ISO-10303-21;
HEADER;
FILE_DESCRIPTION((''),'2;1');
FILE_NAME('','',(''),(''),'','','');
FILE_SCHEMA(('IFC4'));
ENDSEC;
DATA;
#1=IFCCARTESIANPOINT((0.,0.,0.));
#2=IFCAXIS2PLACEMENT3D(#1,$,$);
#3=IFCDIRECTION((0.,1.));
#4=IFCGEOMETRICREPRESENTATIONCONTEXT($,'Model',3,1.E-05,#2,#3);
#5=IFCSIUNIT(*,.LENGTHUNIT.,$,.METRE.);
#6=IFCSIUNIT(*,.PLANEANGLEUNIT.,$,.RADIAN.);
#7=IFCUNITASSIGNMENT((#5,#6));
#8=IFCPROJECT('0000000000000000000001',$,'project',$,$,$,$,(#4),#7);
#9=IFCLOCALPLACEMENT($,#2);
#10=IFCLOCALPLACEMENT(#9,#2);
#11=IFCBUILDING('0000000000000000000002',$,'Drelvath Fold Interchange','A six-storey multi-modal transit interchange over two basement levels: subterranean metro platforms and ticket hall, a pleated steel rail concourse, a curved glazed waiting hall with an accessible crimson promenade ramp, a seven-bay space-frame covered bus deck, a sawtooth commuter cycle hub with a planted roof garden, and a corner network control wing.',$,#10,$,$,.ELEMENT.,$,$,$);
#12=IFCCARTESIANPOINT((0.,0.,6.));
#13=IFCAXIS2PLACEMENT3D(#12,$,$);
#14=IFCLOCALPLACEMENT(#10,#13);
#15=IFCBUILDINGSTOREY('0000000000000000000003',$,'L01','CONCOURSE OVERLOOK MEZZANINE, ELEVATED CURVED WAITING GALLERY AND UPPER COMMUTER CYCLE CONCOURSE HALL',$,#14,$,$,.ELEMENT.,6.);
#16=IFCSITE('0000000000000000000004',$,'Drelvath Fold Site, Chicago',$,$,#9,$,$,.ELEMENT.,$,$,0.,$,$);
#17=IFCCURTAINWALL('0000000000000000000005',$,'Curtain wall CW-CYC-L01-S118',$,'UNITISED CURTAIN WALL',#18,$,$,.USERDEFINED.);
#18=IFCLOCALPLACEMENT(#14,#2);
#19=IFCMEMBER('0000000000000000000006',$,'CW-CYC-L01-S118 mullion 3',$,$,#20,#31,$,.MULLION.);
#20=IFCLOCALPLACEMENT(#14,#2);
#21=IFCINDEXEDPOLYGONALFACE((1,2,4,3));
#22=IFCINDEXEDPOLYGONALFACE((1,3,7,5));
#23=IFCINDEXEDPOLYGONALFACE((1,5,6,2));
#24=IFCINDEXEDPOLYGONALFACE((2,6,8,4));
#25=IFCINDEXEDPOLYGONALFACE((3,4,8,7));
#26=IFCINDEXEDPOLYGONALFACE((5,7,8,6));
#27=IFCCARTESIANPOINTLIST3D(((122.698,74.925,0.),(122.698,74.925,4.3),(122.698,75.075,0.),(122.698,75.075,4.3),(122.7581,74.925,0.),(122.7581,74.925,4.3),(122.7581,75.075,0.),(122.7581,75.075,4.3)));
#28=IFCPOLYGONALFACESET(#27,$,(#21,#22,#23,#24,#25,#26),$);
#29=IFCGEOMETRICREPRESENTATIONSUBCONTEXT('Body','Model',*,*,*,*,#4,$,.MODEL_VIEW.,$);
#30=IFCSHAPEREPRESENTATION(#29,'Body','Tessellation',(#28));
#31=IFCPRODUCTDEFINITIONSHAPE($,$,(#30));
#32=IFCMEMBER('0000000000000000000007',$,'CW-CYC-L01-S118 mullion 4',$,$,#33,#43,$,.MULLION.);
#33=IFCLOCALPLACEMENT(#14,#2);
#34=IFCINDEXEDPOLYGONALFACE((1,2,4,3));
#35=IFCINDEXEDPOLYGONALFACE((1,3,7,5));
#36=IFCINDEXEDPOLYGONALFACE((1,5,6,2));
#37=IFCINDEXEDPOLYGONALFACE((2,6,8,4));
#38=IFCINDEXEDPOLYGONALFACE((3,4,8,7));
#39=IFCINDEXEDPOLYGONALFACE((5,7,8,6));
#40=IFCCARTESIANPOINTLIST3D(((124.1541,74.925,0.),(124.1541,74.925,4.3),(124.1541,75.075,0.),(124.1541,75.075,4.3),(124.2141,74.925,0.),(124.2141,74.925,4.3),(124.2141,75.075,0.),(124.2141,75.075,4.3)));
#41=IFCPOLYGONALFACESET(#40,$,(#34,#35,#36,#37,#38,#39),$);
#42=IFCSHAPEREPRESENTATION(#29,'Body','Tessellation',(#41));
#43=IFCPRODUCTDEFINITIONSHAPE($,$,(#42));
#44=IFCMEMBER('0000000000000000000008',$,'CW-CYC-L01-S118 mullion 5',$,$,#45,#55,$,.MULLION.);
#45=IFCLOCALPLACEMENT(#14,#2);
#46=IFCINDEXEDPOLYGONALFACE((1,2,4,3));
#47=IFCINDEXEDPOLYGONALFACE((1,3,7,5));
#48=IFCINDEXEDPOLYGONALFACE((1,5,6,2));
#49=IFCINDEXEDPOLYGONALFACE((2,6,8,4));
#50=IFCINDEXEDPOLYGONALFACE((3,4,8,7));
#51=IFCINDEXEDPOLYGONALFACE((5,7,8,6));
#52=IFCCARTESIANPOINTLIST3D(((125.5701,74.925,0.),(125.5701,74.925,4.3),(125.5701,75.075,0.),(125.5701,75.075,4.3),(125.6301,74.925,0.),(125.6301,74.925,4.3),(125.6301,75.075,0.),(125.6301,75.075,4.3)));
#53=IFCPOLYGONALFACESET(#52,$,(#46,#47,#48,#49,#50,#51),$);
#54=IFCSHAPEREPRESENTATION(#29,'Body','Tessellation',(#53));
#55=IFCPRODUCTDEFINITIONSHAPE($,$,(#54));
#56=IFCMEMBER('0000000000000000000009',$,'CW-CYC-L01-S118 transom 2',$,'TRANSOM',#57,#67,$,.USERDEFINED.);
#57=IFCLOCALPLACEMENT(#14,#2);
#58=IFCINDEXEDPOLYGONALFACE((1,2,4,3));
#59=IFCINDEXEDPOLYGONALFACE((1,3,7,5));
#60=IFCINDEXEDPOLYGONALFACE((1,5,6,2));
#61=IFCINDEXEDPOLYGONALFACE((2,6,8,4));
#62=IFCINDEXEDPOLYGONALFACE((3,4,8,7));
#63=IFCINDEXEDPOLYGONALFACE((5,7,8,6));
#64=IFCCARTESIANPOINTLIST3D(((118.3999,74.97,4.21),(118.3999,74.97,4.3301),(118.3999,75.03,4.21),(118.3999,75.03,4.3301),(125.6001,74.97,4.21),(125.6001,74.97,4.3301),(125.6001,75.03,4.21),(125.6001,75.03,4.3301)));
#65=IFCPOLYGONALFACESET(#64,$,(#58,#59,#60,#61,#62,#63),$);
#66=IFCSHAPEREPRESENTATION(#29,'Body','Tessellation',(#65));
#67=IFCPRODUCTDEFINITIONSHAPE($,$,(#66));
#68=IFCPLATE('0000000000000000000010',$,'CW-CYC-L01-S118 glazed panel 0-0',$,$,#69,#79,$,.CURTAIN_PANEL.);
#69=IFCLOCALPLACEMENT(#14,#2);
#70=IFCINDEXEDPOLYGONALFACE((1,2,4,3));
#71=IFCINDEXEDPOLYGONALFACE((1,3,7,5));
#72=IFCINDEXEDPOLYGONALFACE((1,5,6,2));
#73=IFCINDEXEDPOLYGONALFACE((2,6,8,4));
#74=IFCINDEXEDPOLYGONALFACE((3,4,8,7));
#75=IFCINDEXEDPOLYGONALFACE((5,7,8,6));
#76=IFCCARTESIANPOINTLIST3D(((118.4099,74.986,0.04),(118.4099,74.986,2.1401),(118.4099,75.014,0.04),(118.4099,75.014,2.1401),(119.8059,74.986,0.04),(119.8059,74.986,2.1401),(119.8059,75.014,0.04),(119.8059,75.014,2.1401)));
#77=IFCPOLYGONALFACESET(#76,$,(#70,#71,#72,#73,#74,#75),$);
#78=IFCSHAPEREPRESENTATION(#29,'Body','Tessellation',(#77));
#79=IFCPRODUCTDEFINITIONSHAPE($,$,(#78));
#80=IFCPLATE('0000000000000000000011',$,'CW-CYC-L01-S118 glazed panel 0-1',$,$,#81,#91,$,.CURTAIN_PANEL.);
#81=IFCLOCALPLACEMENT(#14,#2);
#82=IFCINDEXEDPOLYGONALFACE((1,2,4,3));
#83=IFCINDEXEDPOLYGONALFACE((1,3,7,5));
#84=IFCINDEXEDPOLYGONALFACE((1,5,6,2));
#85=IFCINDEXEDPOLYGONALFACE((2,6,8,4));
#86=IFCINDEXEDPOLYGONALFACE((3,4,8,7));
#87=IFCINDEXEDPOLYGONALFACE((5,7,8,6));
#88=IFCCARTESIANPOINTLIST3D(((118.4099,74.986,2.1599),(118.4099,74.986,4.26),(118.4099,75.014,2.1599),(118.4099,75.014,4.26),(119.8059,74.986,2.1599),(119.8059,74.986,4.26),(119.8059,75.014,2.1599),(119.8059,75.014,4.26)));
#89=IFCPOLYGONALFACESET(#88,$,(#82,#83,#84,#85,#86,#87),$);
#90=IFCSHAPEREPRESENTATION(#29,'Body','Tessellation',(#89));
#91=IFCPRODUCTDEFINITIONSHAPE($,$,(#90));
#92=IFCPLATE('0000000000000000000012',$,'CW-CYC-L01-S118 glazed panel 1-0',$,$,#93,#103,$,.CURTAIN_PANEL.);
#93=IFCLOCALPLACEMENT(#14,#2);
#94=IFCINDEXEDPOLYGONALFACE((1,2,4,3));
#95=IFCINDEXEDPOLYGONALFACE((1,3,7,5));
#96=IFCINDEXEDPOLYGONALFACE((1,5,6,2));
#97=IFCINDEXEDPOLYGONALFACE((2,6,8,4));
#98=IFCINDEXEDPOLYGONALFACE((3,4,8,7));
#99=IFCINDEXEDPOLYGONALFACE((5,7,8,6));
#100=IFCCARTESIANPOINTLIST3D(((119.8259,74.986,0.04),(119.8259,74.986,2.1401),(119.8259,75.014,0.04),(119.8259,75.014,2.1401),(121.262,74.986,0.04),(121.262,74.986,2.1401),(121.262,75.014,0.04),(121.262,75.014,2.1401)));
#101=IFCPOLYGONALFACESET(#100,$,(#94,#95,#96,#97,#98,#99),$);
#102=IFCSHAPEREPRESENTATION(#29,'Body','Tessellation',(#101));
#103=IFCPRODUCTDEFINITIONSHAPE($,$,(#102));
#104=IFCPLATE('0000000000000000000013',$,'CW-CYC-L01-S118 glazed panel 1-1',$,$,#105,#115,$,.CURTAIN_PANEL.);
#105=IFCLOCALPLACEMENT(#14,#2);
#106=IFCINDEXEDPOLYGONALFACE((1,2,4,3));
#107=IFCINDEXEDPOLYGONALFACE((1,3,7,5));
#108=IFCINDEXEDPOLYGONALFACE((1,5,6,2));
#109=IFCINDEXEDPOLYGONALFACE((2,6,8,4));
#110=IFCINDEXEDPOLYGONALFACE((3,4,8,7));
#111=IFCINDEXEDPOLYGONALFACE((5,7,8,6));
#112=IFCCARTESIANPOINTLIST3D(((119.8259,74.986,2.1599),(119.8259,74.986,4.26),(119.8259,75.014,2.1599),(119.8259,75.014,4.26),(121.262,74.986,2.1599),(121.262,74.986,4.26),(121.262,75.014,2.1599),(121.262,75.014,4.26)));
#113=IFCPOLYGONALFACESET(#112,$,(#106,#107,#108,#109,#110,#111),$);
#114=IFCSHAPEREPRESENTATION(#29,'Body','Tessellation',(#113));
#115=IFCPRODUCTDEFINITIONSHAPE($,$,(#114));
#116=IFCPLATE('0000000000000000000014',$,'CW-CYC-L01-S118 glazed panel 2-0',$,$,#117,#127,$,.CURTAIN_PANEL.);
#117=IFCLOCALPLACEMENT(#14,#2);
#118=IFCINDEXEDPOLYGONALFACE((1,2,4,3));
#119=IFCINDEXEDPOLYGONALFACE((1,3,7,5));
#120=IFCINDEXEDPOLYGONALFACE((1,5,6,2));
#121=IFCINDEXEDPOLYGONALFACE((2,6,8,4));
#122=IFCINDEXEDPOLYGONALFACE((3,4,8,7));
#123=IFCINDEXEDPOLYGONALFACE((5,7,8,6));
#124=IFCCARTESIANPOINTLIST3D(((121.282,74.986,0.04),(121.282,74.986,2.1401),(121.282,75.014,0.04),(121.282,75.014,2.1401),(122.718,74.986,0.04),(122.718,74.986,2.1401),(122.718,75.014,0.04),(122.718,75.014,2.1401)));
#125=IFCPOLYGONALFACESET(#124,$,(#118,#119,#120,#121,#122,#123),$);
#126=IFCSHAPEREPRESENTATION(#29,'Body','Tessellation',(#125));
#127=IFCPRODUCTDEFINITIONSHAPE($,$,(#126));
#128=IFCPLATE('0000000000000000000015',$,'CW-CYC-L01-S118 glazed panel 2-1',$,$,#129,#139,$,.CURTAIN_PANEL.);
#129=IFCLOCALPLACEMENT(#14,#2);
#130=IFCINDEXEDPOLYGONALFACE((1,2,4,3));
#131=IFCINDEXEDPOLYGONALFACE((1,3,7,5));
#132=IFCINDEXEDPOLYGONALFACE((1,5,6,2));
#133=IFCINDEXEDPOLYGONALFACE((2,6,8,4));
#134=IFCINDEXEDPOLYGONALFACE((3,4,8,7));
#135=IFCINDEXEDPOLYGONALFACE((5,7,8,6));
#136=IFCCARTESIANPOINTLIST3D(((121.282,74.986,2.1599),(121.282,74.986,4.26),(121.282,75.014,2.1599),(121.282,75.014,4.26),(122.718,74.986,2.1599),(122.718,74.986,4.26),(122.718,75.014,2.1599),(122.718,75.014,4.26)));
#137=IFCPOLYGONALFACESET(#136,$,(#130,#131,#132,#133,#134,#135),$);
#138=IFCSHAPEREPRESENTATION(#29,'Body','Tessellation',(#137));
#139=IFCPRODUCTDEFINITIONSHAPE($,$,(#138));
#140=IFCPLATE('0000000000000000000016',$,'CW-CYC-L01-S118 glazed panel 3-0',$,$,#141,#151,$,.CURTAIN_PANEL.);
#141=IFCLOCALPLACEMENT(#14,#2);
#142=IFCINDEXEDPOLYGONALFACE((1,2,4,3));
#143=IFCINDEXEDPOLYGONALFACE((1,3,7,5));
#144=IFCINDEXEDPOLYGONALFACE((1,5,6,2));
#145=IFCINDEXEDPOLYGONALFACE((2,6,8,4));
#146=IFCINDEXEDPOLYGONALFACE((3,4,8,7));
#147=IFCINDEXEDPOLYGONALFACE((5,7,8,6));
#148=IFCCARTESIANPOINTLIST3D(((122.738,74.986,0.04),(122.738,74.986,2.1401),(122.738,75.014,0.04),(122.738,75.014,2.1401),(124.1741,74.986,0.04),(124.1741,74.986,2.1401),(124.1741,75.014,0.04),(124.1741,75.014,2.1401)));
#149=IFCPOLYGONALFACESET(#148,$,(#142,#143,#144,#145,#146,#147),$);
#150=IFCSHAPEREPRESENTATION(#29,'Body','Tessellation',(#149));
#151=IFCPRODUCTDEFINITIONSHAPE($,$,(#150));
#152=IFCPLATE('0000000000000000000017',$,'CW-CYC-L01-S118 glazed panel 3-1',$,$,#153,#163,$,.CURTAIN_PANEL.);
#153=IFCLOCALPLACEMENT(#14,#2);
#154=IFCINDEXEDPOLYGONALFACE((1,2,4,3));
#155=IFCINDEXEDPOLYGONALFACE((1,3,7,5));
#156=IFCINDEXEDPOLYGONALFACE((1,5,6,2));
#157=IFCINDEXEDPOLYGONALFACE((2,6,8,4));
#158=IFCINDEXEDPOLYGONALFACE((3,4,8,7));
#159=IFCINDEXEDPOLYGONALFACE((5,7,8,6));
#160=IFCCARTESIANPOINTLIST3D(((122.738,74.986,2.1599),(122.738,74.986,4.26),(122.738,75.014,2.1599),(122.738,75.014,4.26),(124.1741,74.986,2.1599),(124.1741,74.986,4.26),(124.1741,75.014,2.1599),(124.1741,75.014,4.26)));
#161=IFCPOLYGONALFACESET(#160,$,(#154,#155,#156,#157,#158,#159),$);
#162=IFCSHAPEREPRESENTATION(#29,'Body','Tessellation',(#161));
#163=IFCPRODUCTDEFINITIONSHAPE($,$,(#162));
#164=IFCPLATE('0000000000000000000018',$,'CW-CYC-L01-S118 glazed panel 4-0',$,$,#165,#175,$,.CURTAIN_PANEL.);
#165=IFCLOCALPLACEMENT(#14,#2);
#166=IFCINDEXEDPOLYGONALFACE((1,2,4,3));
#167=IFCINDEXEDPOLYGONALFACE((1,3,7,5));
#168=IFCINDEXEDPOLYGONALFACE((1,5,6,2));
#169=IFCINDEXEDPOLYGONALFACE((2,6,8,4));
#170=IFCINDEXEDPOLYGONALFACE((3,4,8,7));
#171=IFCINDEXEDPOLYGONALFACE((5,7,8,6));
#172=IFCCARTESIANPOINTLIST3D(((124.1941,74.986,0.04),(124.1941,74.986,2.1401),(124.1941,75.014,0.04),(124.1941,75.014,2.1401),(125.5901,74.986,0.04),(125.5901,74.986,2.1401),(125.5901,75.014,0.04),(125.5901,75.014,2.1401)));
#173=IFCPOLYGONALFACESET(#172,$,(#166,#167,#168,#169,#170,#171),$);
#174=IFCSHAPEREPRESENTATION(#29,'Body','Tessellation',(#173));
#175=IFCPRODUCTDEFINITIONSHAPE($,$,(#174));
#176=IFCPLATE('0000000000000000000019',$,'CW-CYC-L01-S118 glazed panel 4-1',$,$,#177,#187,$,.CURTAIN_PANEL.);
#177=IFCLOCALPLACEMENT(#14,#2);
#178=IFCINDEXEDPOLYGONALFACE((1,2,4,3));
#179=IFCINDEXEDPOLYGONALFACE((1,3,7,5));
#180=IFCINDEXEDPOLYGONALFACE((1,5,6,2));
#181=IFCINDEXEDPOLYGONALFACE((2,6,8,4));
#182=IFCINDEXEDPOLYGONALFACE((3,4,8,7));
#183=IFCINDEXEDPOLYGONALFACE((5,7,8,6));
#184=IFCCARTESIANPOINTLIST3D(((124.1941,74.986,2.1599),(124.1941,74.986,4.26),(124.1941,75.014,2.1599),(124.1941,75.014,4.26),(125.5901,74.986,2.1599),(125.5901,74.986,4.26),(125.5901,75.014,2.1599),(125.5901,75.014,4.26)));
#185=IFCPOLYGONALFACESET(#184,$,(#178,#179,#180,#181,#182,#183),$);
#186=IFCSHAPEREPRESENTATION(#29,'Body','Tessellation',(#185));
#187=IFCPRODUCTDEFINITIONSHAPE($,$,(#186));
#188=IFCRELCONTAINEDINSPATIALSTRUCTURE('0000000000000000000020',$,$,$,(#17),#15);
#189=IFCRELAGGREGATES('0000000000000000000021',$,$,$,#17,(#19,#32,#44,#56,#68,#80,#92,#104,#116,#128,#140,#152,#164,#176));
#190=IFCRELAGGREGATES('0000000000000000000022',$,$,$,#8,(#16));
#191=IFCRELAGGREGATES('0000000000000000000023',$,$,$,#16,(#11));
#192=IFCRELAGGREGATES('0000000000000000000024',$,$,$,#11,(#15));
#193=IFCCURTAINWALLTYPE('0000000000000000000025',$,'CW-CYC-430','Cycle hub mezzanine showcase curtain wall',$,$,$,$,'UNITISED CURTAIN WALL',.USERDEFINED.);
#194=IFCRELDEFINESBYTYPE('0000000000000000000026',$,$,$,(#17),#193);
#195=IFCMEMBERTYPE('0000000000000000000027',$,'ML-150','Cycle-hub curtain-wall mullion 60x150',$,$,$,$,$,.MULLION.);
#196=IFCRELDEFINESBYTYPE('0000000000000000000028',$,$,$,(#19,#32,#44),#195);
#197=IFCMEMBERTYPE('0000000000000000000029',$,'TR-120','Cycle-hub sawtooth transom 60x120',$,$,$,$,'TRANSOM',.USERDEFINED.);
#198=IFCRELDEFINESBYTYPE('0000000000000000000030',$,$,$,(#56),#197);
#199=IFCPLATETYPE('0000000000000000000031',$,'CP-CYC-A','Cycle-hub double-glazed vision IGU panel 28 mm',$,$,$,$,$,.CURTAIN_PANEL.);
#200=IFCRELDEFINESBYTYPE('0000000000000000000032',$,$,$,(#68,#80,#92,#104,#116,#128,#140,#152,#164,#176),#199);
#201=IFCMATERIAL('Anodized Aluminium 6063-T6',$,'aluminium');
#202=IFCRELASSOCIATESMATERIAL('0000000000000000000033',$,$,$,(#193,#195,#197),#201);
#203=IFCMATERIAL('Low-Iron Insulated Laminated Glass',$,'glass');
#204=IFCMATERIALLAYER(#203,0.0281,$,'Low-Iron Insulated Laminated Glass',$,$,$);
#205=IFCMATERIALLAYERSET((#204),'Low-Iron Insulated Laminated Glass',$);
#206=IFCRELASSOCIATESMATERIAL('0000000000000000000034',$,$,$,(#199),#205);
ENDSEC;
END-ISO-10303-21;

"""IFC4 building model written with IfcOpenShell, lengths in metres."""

from ifc_helpers import new_model, si_unit, direction, frame, origin, origin_2d, place, context, subcontext, project, spatial, rectangle, extrude, material, layer, layer_set, material_profile, profile_set, type_object, element, aggregate, save


model = new_model("IFC4")

# Units and contexts
model_context = context("Model", 3, precision=1e-05, world=origin(), true_north=direction((0.0, 1.0)))
body_context = subcontext(model_context, "Body", "Model", "MODEL_VIEW")
ifc_project = project(units=[si_unit("LENGTHUNIT", "METRE"), si_unit("PLANEANGLEUNIT", "RADIAN")], contexts=[model_context])

# Site, building, storey
site_placement = place(None, origin())
site = spatial("IfcSite", under=ifc_project, at=site_placement, Name="Drelvath Fold Site, Chicago", CompositionType="ELEMENT", RefElevation=0.0)
building_placement = place(site_placement, origin())
building = spatial("IfcBuilding", under=site, at=building_placement, Name="Drelvath Fold Interchange", Description="A six-storey multi-modal transit interchange over two basement levels: subterranean metro platforms and ticket hall, a pleated steel rail concourse, a curved glazed waiting hall with an accessible crimson promenade ramp, a seven-bay space-frame covered bus deck, a sawtooth commuter cycle hub with a planted roof garden, and a corner network control wing.", CompositionType="ELEMENT")
storey_placement = place(building_placement, frame((0.0, 0.0, 6.0)))
storey = spatial("IfcBuildingStorey", under=building, at=storey_placement, Name="L01", Description="CONCOURSE OVERLOOK MEZZANINE, ELEVATED CURVED WAITING GALLERY AND UPPER COMMUTER CYCLE CONCOURSE HALL", CompositionType="ELEMENT", Elevation=6.0)

# Curtain wall, members, plates
ifc_material_1 = material(Name="Anodized Aluminium 6063-T6", Category="aluminium")
curtain_wall_type = type_object("IfcCurtainWallType", Name="CW-CYC-430", Description="Cycle hub mezzanine showcase curtain wall", ElementType="UNITISED CURTAIN WALL", PredefinedType="USERDEFINED", material=ifc_material_1)
curtain_wall_placement = place(storey_placement, origin())
curtain_wall = element("IfcCurtainWall", 1, at=curtain_wall_placement, inside=storey, type_object=curtain_wall_type, Name="Curtain wall CW-CYC-L01-S118", ObjectType="UNITISED CURTAIN WALL", PredefinedType="USERDEFINED")
ifc_material_profile_1 = material_profile(ifc_material_1, rectangle(XDim=0.0601, YDim=0.1499, at=origin_2d()), Name="AL-M 60x150")
ifc_profile_set_1 = profile_set([ifc_material_profile_1], Name="Anodized Aluminium 6063-T6")
member_type_1 = type_object("IfcMemberType", Name="ML-150", Description="Cycle-hub curtain-wall mullion 60x150", PredefinedType="MULLION", material=ifc_profile_set_1)
member_1_placement = place(storey_placement, frame((122.728, 75.0, 0.0), z_axis=(0.0, 0.0, 1.0), x_axis=(1.0, 0.0, 0.0)))
member_1 = element("IfcMember", 2, at=member_1_placement, type_object=member_type_1, Name="CW-CYC-L01-S118 mullion 3", PredefinedType="MULLION", context=body_context, shape_type="SweptSolid", body=[
    extrude(rectangle(XDim=0.0601, YDim=0.1499, at=origin_2d()), origin(), (0.0, 0.0, 1.0), 4.3),
])
member_2_placement = place(storey_placement, frame((124.1841, 75.0, 0.0), z_axis=(0.0, 0.0, 1.0), x_axis=(1.0, 0.0, 0.0)))
member_2 = element("IfcMember", 3, at=member_2_placement, type_object=member_type_1, Name="CW-CYC-L01-S118 mullion 4", PredefinedType="MULLION", context=body_context, shape_type="SweptSolid", body=[
    extrude(rectangle(XDim=0.0601, YDim=0.1499, at=origin_2d()), origin(), (0.0, 0.0, 1.0), 4.3),
])
member_3_placement = place(storey_placement, frame((125.6001, 75.0, 0.0), z_axis=(0.0, 0.0, 1.0), x_axis=(1.0, 0.0, 0.0)))
member_3 = element("IfcMember", 4, at=member_3_placement, type_object=member_type_1, Name="CW-CYC-L01-S118 mullion 5", PredefinedType="MULLION", context=body_context, shape_type="SweptSolid", body=[
    extrude(rectangle(XDim=0.0601, YDim=0.1499, at=origin_2d()), origin(), (0.0, 0.0, 1.0), 4.3),
])
ifc_material_profile_2 = material_profile(ifc_material_1, rectangle(XDim=0.0601, YDim=0.1201, at=origin_2d()), Name="AL-T 60x120")
ifc_profile_set_2 = profile_set([ifc_material_profile_2], Name="Anodized Aluminium 6063-T6")
member_type_2 = type_object("IfcMemberType", Name="TR-120", Description="Cycle-hub sawtooth transom 60x120", ElementType="TRANSOM", PredefinedType="USERDEFINED", material=ifc_profile_set_2)
member_4_placement = place(storey_placement, frame((118.3999, 75.0, 4.27), z_axis=(1.0, 0.0, 0.0), x_axis=(0.0, 1.0, 0.0)))
member_4 = element("IfcMember", 5, at=member_4_placement, type_object=member_type_2, Name="CW-CYC-L01-S118 transom 2", ObjectType="TRANSOM", PredefinedType="USERDEFINED", context=body_context, shape_type="SweptSolid", body=[
    extrude(rectangle(XDim=0.0601, YDim=0.1201, at=origin_2d()), origin(), (0.0, 0.0, 1.0), 7.2002),
])
ifc_material_2 = material(Name="Low-Iron Insulated Laminated Glass", Category="glass")
ifc_layer_1 = layer(ifc_material_2, 0.0281, Name="Low-Iron Insulated Laminated Glass")
ifc_layer_set_1 = layer_set([ifc_layer_1], Name="Low-Iron Insulated Laminated Glass")
plate_type = type_object("IfcPlateType", Name="CP-CYC-A", Description="Cycle-hub double-glazed vision IGU panel 28 mm", PredefinedType="CURTAIN_PANEL", material=ifc_layer_set_1)
plate_1_placement = place(storey_placement, frame((119.1079, 75.0, 0.04), z_axis=(0.0, 0.0, 1.0), x_axis=(1.0, 0.0, 0.0)))
plate_1 = element("IfcPlate", 6, at=plate_1_placement, type_object=plate_type, Name="CW-CYC-L01-S118 glazed panel 0-0", PredefinedType="CURTAIN_PANEL", context=body_context, shape_type="SweptSolid", body=[
    extrude(rectangle(XDim=1.396, YDim=0.0281, at=origin_2d()), origin(), (0.0, 0.0, 1.0), 2.1001),
])
plate_2_placement = place(storey_placement, frame((119.1079, 75.0, 2.1599), z_axis=(0.0, 0.0, 1.0), x_axis=(1.0, 0.0, 0.0)))
plate_2 = element("IfcPlate", 7, at=plate_2_placement, type_object=plate_type, Name="CW-CYC-L01-S118 glazed panel 0-1", PredefinedType="CURTAIN_PANEL", context=body_context, shape_type="SweptSolid", body=[
    extrude(rectangle(XDim=1.396, YDim=0.0281, at=origin_2d()), origin(), (0.0, 0.0, 1.0), 2.1001),
])
plate_3_placement = place(storey_placement, frame((120.5439, 75.0, 0.04), z_axis=(0.0, 0.0, 1.0), x_axis=(1.0, 0.0, 0.0)))
plate_3 = element("IfcPlate", 8, at=plate_3_placement, type_object=plate_type, Name="CW-CYC-L01-S118 glazed panel 1-0", PredefinedType="CURTAIN_PANEL", context=body_context, shape_type="SweptSolid", body=[
    extrude(rectangle(XDim=1.436, YDim=0.0281, at=origin_2d()), origin(), (0.0, 0.0, 1.0), 2.1001),
])
plate_4_placement = place(storey_placement, frame((120.5439, 75.0, 2.1599), z_axis=(0.0, 0.0, 1.0), x_axis=(1.0, 0.0, 0.0)))
plate_4 = element("IfcPlate", 9, at=plate_4_placement, type_object=plate_type, Name="CW-CYC-L01-S118 glazed panel 1-1", PredefinedType="CURTAIN_PANEL", context=body_context, shape_type="SweptSolid", body=[
    extrude(rectangle(XDim=1.436, YDim=0.0281, at=origin_2d()), origin(), (0.0, 0.0, 1.0), 2.1001),
])
plate_5_placement = place(storey_placement, frame((122.0, 75.0, 0.04), z_axis=(0.0, 0.0, 1.0), x_axis=(1.0, 0.0, 0.0)))
plate_5 = element("IfcPlate", 10, at=plate_5_placement, type_object=plate_type, Name="CW-CYC-L01-S118 glazed panel 2-0", PredefinedType="CURTAIN_PANEL", context=body_context, shape_type="SweptSolid", body=[
    extrude(rectangle(XDim=1.436, YDim=0.0281, at=origin_2d()), origin(), (0.0, 0.0, 1.0), 2.1001),
])
plate_6_placement = place(storey_placement, frame((122.0, 75.0, 2.1599), z_axis=(0.0, 0.0, 1.0), x_axis=(1.0, 0.0, 0.0)))
plate_6 = element("IfcPlate", 11, at=plate_6_placement, type_object=plate_type, Name="CW-CYC-L01-S118 glazed panel 2-1", PredefinedType="CURTAIN_PANEL", context=body_context, shape_type="SweptSolid", body=[
    extrude(rectangle(XDim=1.436, YDim=0.0281, at=origin_2d()), origin(), (0.0, 0.0, 1.0), 2.1001),
])
plate_7_placement = place(storey_placement, frame((123.4561, 75.0, 0.04), z_axis=(0.0, 0.0, 1.0), x_axis=(1.0, 0.0, 0.0)))
plate_7 = element("IfcPlate", 12, at=plate_7_placement, type_object=plate_type, Name="CW-CYC-L01-S118 glazed panel 3-0", PredefinedType="CURTAIN_PANEL", context=body_context, shape_type="SweptSolid", body=[
    extrude(rectangle(XDim=1.436, YDim=0.0281, at=origin_2d()), origin(), (0.0, 0.0, 1.0), 2.1001),
])
plate_8_placement = place(storey_placement, frame((123.4561, 75.0, 2.1599), z_axis=(0.0, 0.0, 1.0), x_axis=(1.0, 0.0, 0.0)))
plate_8 = element("IfcPlate", 13, at=plate_8_placement, type_object=plate_type, Name="CW-CYC-L01-S118 glazed panel 3-1", PredefinedType="CURTAIN_PANEL", context=body_context, shape_type="SweptSolid", body=[
    extrude(rectangle(XDim=1.436, YDim=0.0281, at=origin_2d()), origin(), (0.0, 0.0, 1.0), 2.1001),
])
plate_9_placement = place(storey_placement, frame((124.8921, 75.0, 0.04), z_axis=(0.0, 0.0, 1.0), x_axis=(1.0, 0.0, 0.0)))
plate_9 = element("IfcPlate", 14, at=plate_9_placement, type_object=plate_type, Name="CW-CYC-L01-S118 glazed panel 4-0", PredefinedType="CURTAIN_PANEL", context=body_context, shape_type="SweptSolid", body=[
    extrude(rectangle(XDim=1.396, YDim=0.0281, at=origin_2d()), origin(), (0.0, 0.0, 1.0), 2.1001),
])
plate_10_placement = place(storey_placement, frame((124.8921, 75.0, 2.1599), z_axis=(0.0, 0.0, 1.0), x_axis=(1.0, 0.0, 0.0)))
plate_10 = element("IfcPlate", 15, at=plate_10_placement, type_object=plate_type, Name="CW-CYC-L01-S118 glazed panel 4-1", PredefinedType="CURTAIN_PANEL", context=body_context, shape_type="SweptSolid", body=[
    extrude(rectangle(XDim=1.396, YDim=0.0281, at=origin_2d()), origin(), (0.0, 0.0, 1.0), 2.1001),
])
aggregate(curtain_wall, [member_1, member_2, member_3, member_4, plate_1, plate_2, plate_3, plate_4, plate_5, plate_6, plate_7, plate_8, plate_9, plate_10])

save(model, "model.ifc")
